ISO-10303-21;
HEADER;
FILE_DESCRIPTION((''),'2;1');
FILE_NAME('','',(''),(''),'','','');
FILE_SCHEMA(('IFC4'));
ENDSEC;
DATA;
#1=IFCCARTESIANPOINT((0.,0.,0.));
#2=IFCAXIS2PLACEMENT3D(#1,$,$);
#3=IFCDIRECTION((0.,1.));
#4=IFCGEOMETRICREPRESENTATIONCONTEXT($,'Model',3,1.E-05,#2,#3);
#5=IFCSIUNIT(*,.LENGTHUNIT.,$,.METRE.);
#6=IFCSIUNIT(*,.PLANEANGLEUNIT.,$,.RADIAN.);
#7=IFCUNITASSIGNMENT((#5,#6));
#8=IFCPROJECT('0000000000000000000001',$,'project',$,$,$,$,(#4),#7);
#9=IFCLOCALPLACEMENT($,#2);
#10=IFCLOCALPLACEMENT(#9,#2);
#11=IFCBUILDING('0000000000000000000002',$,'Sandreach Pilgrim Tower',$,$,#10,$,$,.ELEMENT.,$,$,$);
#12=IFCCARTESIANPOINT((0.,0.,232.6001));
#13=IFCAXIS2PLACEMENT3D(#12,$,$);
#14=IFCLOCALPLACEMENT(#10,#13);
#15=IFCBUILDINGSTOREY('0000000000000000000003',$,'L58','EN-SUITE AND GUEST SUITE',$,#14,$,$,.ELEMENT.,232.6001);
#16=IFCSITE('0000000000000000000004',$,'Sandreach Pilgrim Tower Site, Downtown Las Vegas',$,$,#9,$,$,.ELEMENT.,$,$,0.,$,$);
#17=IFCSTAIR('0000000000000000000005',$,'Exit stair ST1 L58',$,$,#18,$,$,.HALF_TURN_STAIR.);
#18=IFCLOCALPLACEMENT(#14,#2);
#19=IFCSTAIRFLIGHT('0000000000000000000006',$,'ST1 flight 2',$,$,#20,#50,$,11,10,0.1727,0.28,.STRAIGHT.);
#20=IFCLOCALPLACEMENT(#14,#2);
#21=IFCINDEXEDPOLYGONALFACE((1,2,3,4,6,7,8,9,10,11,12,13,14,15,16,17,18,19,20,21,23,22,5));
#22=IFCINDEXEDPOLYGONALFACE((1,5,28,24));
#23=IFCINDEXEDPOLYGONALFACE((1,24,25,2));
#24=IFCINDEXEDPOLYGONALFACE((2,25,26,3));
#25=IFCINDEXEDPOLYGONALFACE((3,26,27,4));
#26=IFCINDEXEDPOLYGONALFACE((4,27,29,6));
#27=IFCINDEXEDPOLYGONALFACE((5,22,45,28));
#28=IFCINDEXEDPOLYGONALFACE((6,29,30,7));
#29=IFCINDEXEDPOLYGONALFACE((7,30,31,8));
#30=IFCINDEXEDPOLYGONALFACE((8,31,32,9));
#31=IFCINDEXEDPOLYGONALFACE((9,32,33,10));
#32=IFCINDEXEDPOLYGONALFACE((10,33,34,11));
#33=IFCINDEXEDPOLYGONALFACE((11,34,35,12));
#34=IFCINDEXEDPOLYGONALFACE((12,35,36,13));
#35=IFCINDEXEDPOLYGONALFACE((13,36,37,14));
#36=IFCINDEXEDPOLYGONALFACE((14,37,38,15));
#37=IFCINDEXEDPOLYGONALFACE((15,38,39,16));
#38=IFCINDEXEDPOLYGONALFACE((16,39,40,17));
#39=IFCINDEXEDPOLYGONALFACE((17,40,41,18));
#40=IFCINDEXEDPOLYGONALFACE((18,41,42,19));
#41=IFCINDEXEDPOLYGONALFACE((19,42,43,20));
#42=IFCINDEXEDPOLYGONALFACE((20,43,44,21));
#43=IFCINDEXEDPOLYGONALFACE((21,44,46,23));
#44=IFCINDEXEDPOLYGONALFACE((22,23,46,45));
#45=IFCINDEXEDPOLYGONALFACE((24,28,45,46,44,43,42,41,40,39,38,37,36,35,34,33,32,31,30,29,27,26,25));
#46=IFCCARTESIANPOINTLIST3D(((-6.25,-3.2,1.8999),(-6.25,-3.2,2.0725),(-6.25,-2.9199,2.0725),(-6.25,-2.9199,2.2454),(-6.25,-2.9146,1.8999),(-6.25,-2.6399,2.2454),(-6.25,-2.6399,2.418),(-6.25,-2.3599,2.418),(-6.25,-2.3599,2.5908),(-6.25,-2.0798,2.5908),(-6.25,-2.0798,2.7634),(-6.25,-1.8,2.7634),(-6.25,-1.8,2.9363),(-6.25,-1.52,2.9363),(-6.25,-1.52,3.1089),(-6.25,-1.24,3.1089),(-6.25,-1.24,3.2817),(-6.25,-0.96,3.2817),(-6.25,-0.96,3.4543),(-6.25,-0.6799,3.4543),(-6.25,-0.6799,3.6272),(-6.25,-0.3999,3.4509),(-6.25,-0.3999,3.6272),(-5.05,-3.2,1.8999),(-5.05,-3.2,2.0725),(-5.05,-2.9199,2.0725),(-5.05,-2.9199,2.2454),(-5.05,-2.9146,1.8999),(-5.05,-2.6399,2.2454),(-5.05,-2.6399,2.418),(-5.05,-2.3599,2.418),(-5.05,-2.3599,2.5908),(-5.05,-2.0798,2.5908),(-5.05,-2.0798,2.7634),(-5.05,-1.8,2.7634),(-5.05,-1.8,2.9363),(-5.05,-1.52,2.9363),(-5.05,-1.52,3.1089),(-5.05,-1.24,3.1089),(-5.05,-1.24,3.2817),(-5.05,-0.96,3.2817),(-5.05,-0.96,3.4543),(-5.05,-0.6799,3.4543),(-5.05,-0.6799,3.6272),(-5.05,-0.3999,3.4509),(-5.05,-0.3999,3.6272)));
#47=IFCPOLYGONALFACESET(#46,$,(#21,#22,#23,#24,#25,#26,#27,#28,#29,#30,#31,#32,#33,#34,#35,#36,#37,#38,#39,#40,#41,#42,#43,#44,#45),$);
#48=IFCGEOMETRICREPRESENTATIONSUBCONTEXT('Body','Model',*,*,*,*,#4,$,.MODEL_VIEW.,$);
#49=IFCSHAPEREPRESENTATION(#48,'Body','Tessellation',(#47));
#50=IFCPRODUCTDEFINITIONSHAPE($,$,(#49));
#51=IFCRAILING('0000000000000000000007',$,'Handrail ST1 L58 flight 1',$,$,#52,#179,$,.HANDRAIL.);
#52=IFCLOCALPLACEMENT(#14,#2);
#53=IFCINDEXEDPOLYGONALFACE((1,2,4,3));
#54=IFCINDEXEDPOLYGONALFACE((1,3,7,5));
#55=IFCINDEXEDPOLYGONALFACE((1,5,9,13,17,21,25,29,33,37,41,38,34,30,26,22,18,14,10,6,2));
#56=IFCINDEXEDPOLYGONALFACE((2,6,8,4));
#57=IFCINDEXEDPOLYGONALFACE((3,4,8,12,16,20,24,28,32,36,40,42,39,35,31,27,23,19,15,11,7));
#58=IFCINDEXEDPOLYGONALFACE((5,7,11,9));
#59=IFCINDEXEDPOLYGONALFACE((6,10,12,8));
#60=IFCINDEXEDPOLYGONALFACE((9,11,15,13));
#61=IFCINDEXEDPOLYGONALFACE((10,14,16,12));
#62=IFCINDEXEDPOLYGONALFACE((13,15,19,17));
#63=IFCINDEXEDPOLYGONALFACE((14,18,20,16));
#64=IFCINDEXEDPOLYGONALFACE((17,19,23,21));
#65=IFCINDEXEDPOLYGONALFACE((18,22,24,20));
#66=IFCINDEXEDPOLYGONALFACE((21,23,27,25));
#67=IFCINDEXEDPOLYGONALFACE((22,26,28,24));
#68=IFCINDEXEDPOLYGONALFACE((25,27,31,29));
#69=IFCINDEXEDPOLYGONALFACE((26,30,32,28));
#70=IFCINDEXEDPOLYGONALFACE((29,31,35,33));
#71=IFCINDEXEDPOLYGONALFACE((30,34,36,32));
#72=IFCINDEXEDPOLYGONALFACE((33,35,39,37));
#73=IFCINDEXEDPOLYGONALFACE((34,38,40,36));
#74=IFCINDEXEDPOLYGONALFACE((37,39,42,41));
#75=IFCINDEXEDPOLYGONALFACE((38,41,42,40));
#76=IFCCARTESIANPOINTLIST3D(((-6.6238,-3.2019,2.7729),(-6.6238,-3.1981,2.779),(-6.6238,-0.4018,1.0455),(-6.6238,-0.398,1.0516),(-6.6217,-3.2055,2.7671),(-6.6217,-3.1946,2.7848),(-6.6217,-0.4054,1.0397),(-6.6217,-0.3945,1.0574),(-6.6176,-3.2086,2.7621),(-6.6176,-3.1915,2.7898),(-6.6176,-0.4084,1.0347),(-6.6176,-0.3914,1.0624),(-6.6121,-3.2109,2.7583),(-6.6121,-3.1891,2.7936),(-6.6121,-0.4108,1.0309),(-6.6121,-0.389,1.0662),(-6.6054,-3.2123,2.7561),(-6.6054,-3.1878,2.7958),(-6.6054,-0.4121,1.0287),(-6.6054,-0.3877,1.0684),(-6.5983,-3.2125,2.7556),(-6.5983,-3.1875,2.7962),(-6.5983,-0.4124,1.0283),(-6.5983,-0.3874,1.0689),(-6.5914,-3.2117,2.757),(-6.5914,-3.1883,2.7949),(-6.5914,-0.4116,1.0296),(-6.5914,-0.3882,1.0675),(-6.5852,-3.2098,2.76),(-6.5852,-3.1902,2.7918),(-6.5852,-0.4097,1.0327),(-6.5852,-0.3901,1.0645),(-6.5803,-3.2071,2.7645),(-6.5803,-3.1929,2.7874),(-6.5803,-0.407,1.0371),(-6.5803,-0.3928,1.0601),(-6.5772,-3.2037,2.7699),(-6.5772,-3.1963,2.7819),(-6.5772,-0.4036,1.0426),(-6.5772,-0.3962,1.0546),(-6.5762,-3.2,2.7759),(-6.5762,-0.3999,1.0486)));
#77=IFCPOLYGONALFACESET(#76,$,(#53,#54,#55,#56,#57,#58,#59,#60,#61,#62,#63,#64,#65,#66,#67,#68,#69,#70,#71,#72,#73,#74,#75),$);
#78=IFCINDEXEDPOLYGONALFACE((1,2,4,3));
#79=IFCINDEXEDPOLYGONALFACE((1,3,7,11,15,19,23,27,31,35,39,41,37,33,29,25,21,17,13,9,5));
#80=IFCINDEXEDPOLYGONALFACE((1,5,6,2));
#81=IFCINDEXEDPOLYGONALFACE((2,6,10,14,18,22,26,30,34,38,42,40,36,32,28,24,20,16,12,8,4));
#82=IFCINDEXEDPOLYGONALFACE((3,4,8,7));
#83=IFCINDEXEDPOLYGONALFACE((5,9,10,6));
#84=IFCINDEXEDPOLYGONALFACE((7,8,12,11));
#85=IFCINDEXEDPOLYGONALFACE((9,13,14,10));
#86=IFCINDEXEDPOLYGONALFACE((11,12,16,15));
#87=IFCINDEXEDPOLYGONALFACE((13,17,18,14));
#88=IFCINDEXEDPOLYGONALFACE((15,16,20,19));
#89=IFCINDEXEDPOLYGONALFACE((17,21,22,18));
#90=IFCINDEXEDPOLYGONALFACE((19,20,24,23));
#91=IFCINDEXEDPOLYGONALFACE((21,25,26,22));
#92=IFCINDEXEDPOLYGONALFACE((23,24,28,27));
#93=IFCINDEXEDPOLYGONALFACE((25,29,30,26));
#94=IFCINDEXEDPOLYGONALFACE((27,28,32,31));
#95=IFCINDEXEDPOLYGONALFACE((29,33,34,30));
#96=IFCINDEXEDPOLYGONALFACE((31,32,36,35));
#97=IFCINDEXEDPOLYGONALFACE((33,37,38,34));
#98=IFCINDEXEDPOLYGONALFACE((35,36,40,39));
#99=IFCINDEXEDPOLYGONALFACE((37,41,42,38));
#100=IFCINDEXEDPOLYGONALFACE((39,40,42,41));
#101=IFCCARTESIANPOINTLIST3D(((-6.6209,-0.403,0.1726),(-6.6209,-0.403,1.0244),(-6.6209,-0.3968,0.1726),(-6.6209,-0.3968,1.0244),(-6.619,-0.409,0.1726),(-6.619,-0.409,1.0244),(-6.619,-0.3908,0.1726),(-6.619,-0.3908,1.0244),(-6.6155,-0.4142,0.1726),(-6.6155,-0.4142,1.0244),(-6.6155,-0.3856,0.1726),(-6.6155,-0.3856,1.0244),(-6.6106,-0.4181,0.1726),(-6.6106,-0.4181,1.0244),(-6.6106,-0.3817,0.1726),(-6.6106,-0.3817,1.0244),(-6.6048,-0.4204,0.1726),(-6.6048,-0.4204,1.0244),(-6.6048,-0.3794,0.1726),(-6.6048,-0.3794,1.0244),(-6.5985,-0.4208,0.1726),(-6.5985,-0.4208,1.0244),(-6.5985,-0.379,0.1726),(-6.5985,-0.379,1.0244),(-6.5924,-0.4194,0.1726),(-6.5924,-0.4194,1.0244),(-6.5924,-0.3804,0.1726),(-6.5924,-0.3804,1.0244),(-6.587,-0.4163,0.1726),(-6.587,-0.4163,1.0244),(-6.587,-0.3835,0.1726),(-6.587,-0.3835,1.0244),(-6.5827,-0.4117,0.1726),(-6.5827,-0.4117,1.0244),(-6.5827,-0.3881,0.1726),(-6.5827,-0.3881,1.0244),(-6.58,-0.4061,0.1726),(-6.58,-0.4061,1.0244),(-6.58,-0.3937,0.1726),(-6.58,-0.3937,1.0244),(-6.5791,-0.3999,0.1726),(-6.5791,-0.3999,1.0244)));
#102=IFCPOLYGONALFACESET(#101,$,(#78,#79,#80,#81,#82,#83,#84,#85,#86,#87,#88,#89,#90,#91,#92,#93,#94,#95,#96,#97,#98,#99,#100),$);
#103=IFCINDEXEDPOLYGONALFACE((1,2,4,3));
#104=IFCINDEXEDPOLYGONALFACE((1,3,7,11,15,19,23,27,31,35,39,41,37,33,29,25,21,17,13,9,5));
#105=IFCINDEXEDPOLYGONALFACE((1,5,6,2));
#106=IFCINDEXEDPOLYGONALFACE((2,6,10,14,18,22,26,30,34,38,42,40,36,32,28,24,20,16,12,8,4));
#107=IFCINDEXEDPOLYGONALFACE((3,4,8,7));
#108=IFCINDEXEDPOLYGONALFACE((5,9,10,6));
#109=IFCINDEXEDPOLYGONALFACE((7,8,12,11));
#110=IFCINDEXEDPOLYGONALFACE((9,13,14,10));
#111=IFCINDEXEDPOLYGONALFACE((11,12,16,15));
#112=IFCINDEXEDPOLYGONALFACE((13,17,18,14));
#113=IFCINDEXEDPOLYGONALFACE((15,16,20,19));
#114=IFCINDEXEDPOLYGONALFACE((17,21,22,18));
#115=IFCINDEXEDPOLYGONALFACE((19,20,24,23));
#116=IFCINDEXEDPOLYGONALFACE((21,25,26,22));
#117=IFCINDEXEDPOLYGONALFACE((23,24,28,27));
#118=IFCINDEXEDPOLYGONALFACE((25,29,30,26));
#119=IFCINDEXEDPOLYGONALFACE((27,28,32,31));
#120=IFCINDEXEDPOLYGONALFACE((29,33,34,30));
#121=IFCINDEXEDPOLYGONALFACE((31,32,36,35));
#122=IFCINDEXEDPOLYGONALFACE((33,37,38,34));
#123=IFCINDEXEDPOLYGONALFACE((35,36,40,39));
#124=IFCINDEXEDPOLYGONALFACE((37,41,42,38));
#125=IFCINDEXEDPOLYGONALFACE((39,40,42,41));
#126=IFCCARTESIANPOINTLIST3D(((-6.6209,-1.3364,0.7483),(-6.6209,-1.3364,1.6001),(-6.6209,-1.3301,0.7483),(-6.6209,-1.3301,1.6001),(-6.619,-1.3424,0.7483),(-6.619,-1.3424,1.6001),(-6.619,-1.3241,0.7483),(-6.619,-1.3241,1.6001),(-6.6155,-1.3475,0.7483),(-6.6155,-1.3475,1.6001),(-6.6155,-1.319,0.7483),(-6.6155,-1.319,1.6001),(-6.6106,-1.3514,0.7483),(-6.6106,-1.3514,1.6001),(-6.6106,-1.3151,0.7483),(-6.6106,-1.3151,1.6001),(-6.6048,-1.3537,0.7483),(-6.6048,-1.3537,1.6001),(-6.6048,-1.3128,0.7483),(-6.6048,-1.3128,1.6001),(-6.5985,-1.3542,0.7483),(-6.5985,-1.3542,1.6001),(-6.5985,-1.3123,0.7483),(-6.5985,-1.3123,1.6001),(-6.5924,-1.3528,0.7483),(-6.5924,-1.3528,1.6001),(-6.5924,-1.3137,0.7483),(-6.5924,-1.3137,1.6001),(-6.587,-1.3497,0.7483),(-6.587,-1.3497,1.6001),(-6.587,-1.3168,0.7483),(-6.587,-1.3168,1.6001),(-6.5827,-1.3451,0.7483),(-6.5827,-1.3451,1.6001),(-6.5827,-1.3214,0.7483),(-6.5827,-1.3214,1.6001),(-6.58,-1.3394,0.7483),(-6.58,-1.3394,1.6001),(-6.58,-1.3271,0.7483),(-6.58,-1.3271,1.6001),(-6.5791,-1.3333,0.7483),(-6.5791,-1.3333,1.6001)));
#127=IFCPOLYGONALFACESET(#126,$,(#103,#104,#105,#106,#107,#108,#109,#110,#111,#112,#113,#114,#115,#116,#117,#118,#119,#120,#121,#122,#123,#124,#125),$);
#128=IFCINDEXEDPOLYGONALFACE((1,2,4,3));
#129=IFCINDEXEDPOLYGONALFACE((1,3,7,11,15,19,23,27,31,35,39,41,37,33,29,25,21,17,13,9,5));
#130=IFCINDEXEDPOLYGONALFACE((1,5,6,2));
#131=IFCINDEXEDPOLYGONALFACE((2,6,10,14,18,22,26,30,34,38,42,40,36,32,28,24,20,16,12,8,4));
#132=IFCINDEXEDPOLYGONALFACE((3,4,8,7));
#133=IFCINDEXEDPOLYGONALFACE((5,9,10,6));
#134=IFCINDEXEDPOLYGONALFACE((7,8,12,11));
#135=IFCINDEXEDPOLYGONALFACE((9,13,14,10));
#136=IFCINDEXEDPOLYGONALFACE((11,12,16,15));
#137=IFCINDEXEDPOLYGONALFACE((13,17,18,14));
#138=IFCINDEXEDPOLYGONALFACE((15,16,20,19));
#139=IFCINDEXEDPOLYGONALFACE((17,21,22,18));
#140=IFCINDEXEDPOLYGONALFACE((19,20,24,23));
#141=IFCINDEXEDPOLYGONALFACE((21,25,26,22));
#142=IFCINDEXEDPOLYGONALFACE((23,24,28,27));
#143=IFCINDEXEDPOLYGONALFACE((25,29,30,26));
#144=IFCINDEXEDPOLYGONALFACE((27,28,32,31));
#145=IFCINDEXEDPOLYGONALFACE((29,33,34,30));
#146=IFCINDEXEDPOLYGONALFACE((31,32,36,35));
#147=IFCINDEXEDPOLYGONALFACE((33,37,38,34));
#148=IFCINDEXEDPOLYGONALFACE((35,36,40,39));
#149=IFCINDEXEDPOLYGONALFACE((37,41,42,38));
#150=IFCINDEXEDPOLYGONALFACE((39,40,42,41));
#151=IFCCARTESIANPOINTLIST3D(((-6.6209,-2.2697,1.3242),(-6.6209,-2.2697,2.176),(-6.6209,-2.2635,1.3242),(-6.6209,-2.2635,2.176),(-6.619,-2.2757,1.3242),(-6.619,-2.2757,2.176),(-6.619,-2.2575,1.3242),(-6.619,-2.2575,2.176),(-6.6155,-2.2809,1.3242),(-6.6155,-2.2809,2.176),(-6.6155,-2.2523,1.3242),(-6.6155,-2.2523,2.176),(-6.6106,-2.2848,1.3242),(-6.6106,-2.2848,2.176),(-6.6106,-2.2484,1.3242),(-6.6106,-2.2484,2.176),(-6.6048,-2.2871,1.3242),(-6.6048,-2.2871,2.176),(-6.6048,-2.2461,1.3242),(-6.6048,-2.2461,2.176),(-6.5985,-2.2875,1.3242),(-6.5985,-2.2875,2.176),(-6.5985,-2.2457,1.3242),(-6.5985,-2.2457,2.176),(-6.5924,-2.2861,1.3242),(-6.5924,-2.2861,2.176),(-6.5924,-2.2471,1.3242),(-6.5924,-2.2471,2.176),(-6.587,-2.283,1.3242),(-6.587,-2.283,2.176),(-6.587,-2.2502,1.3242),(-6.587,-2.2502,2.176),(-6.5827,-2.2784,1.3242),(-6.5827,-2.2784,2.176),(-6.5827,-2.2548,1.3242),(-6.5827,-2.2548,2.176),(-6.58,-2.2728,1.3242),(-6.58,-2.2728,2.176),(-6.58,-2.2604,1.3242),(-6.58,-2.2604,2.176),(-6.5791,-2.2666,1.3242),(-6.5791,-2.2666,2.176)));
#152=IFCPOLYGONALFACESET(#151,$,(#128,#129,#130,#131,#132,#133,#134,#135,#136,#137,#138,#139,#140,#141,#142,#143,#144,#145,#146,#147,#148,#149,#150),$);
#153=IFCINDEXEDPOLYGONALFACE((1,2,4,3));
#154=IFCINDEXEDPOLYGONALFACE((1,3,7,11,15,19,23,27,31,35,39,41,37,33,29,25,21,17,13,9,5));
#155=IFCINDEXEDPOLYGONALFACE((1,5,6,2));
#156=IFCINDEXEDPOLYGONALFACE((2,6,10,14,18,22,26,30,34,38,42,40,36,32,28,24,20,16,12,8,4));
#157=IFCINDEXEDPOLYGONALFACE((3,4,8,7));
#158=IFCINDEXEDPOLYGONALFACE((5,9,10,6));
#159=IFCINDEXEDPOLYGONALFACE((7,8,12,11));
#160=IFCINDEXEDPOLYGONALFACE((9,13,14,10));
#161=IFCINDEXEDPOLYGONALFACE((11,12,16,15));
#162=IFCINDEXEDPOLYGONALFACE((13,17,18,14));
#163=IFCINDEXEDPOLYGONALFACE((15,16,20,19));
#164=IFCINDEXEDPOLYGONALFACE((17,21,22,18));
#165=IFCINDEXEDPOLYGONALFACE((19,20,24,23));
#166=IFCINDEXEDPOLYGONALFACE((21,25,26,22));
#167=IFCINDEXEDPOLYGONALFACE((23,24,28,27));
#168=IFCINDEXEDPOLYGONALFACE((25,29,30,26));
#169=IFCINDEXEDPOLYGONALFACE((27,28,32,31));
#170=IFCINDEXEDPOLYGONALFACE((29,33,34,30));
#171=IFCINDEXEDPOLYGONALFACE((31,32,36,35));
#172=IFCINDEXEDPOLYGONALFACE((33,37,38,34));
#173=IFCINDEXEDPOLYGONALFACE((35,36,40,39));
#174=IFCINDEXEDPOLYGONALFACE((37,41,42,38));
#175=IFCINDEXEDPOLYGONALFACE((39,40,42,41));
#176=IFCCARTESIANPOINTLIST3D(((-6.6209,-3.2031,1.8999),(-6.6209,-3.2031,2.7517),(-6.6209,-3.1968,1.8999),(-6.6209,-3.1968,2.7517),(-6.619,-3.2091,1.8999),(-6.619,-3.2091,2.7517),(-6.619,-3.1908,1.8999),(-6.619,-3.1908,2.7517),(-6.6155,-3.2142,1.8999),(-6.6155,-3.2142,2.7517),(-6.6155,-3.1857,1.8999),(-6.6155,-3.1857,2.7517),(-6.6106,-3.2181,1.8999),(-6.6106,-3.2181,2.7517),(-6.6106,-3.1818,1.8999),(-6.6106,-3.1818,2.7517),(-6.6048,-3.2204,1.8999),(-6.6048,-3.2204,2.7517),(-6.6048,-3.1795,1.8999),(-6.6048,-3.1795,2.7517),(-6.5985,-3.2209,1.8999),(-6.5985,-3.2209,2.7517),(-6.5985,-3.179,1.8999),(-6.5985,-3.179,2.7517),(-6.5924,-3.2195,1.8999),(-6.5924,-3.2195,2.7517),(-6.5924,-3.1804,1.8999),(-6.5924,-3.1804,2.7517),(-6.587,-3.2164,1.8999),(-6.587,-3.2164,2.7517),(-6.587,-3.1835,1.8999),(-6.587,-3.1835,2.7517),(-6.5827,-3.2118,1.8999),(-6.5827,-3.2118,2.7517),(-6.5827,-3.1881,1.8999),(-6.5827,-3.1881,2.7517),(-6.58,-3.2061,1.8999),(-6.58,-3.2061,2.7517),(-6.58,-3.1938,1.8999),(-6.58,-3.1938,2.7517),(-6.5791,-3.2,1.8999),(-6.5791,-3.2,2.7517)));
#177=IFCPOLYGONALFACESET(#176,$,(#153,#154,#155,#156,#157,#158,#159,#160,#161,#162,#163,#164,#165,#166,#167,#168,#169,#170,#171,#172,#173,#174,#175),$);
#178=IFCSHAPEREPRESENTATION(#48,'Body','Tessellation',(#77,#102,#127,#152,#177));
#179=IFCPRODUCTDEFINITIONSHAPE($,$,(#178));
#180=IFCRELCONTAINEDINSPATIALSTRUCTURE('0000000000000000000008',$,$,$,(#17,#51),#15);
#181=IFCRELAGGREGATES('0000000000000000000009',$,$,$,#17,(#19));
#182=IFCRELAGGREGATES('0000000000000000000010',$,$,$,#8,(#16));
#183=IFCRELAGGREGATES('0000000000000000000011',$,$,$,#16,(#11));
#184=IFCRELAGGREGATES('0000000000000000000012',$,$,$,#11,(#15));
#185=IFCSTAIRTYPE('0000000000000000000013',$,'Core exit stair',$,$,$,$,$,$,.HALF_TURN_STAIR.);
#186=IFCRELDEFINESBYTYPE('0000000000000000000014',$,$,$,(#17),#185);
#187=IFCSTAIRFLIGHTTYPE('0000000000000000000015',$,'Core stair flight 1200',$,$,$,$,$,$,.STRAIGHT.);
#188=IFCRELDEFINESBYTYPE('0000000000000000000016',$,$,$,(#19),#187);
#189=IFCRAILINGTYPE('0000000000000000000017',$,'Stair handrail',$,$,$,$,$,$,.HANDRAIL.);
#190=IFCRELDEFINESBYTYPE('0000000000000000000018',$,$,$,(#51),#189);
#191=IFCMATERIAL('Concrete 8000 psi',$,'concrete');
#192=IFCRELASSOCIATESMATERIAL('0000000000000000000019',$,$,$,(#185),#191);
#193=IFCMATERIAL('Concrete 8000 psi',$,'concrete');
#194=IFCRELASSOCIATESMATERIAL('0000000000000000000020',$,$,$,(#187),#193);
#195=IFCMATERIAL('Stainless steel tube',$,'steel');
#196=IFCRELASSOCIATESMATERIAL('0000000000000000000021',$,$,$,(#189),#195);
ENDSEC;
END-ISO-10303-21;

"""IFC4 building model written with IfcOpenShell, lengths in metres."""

from ifc_helpers import new_model, si_unit, direction, frame, origin, origin_2d, place, context, subcontext, project, spatial, polyline, circle, outline, extrude, material, type_object, element, aggregate, save


model = new_model("IFC4")

# Units and contexts
model_context = context("Model", 3, precision=1e-05, world=origin(), true_north=direction((0.0, 1.0)))
body_context = subcontext(model_context, "Body", "Model", "MODEL_VIEW")
ifc_project = project(units=[si_unit("LENGTHUNIT", "METRE"), si_unit("PLANEANGLEUNIT", "RADIAN")], contexts=[model_context])

# Site, building, storey
site_placement = place(None, origin())
site = spatial("IfcSite", under=ifc_project, at=site_placement, Name="Sandreach Pilgrim Tower Site, Downtown Las Vegas", CompositionType="ELEMENT", RefElevation=0.0)
building_placement = place(site_placement, origin())
building = spatial("IfcBuilding", under=site, at=building_placement, Name="Sandreach Pilgrim Tower", CompositionType="ELEMENT")
storey_placement = place(building_placement, frame((0.0, 0.0, 232.6001)))
storey = spatial("IfcBuildingStorey", under=building, at=storey_placement, Name="L58", Description="EN-SUITE AND GUEST SUITE", CompositionType="ELEMENT", Elevation=232.6001)

# Stair, stair flight
ifc_material_1 = material(Name="Concrete 8000 psi", Category="concrete")
stair_type = type_object("IfcStairType", Name="Core exit stair", PredefinedType="HALF_TURN_STAIR", material=ifc_material_1)
stair_placement = place(storey_placement, origin())
stair = element("IfcStair", 1, at=stair_placement, inside=storey, type_object=stair_type, Name="Exit stair ST1 L58", PredefinedType="HALF_TURN_STAIR")
ifc_material_2 = material(Name="Concrete 8000 psi", Category="concrete")
stair_flight_type = type_object("IfcStairFlightType", Name="Core stair flight 1200", PredefinedType="STRAIGHT", material=ifc_material_2)
stair_flight_1_placement = place(storey_placement, frame((-5.6499, -3.2, 1.8999), z_axis=(0.0, 0.0, 1.0), x_axis=(0.0, 1.0, 0.0)))
stair_flight_1 = element("IfcStairFlight", 2, at=stair_flight_1_placement, type_object=stair_flight_type, Name="ST1 flight 2", NumberOfRisers=11, NumberOfTreads=10, PredefinedType="STRAIGHT", RiserHeight=0.1727, TreadLength=0.28, context=body_context, shape_type="SweptSolid", body=[
    extrude(outline(polyline([(0.0, 0.0), (0.0, 0.1726), (0.28, 0.1726), (0.28, 0.3455), (0.5601, 0.3455), (0.5601, 0.5181), (0.8401, 0.5181), (0.8401, 0.6909), (1.1201, 0.6909), (1.1201, 0.8635), (1.3999, 0.8635), (1.3999, 1.0364), (1.6799, 1.0364), (1.6799, 1.209), (1.96, 1.209), (1.96, 1.3818), (2.24, 1.3818), (2.24, 1.5544), (2.52, 1.5544), (2.52, 1.7273), (2.8, 1.7273), (2.8, 1.8999), (2.8, 1.551), (0.2854, 0.0), (0.0, 0.0)])), frame((0.0, 0.6001, 0.0), z_axis=(0.0, -1.0, 0.0), x_axis=(1.0, 0.0, 0.0)), (0.0, 0.0, 1.0), 1.2),
])
aggregate(stair, [stair_flight_1])

# Railing
ifc_material_3 = material(Name="Stainless steel tube", Category="steel")
railing_type = type_object("IfcRailingType", Name="Stair handrail", PredefinedType="HANDRAIL", material=ifc_material_3)
for number, where, name in (
    (3, (-6.6001, -0.3999, 0.1726), "Handrail ST1 L58 flight 1"),
):
    element("IfcRailing", number, at=place(storey_placement, frame(where)), inside=storey, type_object=railing_type, Name=name, PredefinedType="HANDRAIL", context=body_context, shape_type="SweptSolid", body=[
        extrude(circle(Radius=0.0239, at=origin_2d()), frame((0.0, 0.0, 0.876), z_axis=(0.0, -0.85109, 0.52502), x_axis=(1.0, 0.0, 0.0)), (0.0, 0.0, 1.0), 3.29),
        extrude(circle(Radius=0.021, at=origin_2d()), origin(), (0.0, 0.0, 1.0), 0.8518),
        extrude(circle(Radius=0.021, at=origin_2d()), frame((0.0, -0.9333, 0.5757)), (0.0, 0.0, 1.0), 0.8518),
        extrude(circle(Radius=0.021, at=origin_2d()), frame((0.0, -1.8667, 1.1516)), (0.0, 0.0, 1.0), 0.8518),
        extrude(circle(Radius=0.021, at=origin_2d()), frame((0.0, -2.8, 1.7273)), (0.0, 0.0, 1.0), 0.8518),
    ])

save(model, "model.ifc")
